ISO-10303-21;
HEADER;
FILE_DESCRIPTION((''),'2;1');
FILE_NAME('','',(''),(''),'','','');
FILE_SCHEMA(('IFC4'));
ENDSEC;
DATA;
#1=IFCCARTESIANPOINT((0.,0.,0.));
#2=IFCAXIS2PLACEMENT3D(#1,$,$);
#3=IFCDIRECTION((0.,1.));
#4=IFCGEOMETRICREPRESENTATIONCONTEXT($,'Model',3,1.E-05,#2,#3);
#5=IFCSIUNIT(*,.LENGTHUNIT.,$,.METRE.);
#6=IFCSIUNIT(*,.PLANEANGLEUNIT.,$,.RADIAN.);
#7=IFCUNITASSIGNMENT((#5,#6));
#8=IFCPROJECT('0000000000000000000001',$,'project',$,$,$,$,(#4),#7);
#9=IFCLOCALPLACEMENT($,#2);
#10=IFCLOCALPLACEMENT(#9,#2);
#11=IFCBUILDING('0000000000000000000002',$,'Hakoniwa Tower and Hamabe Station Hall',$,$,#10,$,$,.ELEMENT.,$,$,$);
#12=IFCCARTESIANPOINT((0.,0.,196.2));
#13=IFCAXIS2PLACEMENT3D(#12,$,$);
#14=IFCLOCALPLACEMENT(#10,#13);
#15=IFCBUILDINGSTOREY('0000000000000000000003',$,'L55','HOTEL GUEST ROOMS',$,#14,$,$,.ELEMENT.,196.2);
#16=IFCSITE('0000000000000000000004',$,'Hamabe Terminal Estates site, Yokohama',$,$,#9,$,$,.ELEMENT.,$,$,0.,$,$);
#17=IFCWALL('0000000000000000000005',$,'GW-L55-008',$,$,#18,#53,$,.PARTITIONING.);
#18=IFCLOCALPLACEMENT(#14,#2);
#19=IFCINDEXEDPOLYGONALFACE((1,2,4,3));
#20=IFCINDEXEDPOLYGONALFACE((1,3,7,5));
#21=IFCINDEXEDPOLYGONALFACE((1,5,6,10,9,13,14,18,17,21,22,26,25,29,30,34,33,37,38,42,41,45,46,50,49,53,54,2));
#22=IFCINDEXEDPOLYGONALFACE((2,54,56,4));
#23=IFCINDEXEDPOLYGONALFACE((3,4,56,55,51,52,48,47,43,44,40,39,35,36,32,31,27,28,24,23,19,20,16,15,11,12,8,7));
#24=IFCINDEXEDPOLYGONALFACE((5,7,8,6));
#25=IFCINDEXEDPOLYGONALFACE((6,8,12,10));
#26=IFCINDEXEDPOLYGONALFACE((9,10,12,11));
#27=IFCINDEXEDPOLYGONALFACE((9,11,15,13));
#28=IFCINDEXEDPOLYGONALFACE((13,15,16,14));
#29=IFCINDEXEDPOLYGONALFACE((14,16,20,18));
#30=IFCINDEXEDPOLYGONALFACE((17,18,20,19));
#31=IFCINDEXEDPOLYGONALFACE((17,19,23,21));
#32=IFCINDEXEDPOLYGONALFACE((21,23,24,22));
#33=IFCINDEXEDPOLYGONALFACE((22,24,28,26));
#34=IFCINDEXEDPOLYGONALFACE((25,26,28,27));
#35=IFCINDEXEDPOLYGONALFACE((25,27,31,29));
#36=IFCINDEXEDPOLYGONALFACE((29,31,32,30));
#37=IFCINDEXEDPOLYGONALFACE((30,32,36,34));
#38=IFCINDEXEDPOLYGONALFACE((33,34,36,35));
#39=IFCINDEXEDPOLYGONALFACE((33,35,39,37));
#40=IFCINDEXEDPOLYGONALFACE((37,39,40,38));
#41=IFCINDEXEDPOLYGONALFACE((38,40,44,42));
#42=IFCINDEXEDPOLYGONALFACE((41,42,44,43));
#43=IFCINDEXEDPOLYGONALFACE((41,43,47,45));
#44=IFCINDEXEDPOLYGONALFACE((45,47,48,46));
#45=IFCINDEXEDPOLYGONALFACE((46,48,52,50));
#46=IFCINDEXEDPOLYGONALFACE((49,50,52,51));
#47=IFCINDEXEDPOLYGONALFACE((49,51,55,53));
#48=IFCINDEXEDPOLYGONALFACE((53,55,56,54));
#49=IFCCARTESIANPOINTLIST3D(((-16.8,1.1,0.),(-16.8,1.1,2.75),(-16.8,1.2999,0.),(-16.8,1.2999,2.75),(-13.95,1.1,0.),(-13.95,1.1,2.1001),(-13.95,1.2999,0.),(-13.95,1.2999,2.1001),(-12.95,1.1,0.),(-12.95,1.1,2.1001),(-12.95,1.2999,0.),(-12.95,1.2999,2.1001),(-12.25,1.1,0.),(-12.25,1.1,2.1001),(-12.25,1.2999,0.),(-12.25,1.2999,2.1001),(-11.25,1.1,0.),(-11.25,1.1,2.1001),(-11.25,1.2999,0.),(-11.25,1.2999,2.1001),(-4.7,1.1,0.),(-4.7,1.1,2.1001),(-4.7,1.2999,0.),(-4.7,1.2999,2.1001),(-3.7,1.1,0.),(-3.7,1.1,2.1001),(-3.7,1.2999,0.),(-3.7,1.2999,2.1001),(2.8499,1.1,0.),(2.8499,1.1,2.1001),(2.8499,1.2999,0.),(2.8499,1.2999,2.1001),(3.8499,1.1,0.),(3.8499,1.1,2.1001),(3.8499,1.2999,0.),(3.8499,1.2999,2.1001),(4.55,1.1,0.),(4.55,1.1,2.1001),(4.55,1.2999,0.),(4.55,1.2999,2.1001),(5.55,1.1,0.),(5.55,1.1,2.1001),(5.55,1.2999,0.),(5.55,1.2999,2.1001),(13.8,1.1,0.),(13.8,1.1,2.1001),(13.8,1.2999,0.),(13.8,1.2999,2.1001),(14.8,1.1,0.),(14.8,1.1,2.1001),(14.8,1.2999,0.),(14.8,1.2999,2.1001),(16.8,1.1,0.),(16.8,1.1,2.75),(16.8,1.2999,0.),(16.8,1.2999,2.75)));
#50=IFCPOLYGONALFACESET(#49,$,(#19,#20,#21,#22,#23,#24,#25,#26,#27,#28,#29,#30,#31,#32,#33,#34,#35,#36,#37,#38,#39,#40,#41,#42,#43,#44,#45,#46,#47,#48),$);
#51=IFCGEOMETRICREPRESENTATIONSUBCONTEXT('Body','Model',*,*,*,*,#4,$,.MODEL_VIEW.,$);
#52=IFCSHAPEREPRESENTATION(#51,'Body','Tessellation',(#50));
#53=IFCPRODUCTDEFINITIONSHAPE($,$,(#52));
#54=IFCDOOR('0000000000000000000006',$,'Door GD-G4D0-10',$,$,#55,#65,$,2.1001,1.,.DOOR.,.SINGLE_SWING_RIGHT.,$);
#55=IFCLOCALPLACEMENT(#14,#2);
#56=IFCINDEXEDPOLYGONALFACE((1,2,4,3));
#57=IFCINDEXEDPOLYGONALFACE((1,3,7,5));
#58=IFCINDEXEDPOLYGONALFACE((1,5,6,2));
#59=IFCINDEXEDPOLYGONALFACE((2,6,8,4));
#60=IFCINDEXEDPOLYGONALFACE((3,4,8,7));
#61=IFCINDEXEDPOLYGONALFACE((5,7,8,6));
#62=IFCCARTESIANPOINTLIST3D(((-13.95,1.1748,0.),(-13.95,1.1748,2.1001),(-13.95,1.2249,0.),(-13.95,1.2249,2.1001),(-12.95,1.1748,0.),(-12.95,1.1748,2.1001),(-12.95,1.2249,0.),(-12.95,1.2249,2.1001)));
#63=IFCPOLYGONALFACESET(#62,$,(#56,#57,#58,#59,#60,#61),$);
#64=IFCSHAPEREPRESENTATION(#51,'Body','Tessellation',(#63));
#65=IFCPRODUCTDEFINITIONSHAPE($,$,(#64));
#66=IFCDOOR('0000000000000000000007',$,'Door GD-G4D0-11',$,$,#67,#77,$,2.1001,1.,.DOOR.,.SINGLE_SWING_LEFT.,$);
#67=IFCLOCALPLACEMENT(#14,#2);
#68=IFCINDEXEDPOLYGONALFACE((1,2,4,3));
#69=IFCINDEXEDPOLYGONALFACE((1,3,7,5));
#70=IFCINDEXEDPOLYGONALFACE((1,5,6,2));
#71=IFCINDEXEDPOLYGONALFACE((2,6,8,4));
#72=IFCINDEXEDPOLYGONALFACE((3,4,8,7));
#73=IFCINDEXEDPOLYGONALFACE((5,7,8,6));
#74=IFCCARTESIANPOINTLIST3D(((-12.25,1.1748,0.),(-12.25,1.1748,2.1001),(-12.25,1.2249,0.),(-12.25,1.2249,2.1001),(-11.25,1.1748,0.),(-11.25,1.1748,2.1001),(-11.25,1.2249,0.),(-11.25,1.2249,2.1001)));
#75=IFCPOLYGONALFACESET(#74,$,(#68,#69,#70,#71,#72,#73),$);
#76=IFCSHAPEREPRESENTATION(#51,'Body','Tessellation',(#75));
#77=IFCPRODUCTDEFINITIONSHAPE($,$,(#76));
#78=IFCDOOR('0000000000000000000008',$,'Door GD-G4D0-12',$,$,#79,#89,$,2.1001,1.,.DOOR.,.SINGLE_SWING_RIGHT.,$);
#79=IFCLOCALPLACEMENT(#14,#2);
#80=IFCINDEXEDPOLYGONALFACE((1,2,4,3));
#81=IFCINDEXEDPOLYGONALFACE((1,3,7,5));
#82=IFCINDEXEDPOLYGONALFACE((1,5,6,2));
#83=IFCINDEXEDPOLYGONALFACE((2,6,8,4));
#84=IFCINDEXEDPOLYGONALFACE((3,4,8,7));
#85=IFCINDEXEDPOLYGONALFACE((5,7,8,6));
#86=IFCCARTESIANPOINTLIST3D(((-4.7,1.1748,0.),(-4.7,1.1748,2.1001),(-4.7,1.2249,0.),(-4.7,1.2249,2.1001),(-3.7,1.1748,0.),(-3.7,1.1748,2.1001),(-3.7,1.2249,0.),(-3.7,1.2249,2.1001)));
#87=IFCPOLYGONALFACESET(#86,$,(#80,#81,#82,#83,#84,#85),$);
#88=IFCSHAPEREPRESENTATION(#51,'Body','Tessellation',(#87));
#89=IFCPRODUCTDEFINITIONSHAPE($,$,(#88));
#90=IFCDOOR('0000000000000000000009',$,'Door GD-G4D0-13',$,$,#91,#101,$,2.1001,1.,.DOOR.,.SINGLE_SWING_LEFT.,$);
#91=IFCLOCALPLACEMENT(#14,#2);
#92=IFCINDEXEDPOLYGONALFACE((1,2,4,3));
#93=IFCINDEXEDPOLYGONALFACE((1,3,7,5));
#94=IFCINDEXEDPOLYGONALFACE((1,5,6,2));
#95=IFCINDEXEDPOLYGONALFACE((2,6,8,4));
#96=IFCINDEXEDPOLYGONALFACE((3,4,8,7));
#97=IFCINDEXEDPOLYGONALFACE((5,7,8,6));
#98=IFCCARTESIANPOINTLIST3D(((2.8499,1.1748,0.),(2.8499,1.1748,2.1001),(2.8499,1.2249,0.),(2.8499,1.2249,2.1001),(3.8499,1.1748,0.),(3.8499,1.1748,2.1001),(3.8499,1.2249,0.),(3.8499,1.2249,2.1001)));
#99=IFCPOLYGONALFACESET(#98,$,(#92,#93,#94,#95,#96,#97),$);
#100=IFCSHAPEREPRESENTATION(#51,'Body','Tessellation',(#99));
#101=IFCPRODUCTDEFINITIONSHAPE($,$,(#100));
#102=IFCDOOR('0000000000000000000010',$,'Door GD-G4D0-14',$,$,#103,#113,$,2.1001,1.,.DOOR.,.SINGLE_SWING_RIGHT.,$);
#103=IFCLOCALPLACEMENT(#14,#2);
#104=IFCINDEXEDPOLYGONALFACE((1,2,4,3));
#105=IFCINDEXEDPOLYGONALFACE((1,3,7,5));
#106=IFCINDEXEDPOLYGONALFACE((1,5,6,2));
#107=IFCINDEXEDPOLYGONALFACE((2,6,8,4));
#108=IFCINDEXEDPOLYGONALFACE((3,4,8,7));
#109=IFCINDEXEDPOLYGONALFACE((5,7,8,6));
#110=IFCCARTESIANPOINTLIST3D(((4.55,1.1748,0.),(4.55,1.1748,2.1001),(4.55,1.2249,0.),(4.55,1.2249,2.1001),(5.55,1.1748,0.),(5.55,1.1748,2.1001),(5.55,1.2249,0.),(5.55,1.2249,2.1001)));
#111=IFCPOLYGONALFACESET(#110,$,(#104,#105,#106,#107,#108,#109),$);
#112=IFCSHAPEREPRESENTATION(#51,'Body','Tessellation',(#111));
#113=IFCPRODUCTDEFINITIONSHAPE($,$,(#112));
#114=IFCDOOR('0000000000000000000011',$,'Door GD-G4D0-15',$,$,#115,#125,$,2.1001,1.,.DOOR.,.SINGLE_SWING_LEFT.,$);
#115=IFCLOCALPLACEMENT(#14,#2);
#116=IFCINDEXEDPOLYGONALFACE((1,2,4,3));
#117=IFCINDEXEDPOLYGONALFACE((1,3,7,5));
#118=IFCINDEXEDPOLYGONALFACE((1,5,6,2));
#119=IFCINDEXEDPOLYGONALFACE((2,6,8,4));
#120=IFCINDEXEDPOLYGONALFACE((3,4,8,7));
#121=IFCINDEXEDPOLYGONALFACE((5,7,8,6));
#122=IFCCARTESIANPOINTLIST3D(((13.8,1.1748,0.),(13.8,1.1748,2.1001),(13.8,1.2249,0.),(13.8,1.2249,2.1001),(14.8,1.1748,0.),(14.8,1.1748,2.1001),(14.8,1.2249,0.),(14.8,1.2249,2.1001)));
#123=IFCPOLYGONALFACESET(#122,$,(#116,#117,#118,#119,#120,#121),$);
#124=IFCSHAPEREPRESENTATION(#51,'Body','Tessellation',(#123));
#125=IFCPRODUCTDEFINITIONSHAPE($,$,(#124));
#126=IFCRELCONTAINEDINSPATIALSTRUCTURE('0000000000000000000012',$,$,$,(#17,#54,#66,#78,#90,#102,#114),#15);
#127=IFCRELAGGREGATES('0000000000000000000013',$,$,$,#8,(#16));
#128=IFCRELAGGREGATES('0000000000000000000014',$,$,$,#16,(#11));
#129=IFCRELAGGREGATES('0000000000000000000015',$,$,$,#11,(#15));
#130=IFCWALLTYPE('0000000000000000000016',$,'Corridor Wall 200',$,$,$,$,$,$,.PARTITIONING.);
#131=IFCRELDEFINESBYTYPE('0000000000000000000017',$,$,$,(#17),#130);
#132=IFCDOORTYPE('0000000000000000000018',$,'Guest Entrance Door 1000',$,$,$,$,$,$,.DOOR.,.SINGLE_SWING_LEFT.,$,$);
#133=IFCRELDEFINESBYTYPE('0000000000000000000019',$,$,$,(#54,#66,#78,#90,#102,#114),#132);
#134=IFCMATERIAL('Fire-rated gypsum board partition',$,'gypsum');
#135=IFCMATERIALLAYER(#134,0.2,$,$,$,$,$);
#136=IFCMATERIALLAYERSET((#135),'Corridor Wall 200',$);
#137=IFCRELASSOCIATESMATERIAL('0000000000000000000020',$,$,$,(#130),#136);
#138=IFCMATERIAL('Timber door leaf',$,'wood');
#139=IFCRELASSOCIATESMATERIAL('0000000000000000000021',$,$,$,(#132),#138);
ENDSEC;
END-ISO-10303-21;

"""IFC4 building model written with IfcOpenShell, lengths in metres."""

from ifc_helpers import new_model, si_unit, direction, frame, frame_2d, origin, place, context, subcontext, project, spatial, rectangle, extrude, material, layer, layer_set, type_object, element, fill, save


model = new_model("IFC4")

# Units and contexts
model_context = context("Model", 3, precision=1e-05, world=origin(), true_north=direction((0.0, 1.0)))
body_context = subcontext(model_context, "Body", "Model", "MODEL_VIEW")
ifc_project = project(units=[si_unit("LENGTHUNIT", "METRE"), si_unit("PLANEANGLEUNIT", "RADIAN")], contexts=[model_context])

# Site, building, storey
site_placement = place(None, origin())
site = spatial("IfcSite", under=ifc_project, at=site_placement, Name="Hamabe Terminal Estates site, Yokohama", CompositionType="ELEMENT", RefElevation=0.0)
building_placement = place(site_placement, origin())
building = spatial("IfcBuilding", under=site, at=building_placement, Name="Hakoniwa Tower and Hamabe Station Hall", CompositionType="ELEMENT")
storey_placement = place(building_placement, frame((0.0, 0.0, 196.2)))
storey = spatial("IfcBuildingStorey", under=building, at=storey_placement, Name="L55", Description="HOTEL GUEST ROOMS", CompositionType="ELEMENT", Elevation=196.2)

# Wall, openings, doors
ifc_material_1 = material(Name="Fire-rated gypsum board partition", Category="gypsum")
ifc_layer_1 = layer(ifc_material_1, 0.2)
ifc_layer_set_1 = layer_set([ifc_layer_1], Name="Corridor Wall 200")
wall_type_1 = type_object("IfcWallType", Name="Corridor Wall 200", PredefinedType="PARTITIONING", material=ifc_layer_set_1)
wall_1_placement = place(storey_placement, frame((-16.8, 1.2, 0.0), z_axis=(0.0, 0.0, 1.0), x_axis=(1.0, 0.0, 0.0)))
wall_1 = element("IfcWall", 1, at=wall_1_placement, inside=storey, type_object=wall_type_1, Name="GW-L55-008", PredefinedType="PARTITIONING", context=body_context, shape_type="SweptSolid", body=[
    extrude(rectangle(XDim=33.6001, YDim=0.2, at=frame_2d((16.8, 0.0))), origin(), (0.0, 0.0, 1.0), 2.75),
])
opening_1_placement = place(wall_1_placement, frame((2.8501, 0.0, 0.0)))
opening_1 = element("IfcOpeningElement", 2, at=opening_1_placement, cuts=wall_1, PredefinedType="OPENING", context=body_context, shape_type="SweptSolid", body=[
    extrude(rectangle(XDim=1.0, YDim=2.1001, at=frame_2d((0.5, 1.05))), frame((0.0, 0.1099, 0.0), z_axis=(0.0, -1.0, 0.0), x_axis=(1.0, 0.0, 0.0)), (0.0, 0.0, 1.0), 0.22),
])
opening_2_placement = place(wall_1_placement, frame((4.55, 0.0, 0.0)))
opening_2 = element("IfcOpeningElement", 3, at=opening_2_placement, cuts=wall_1, PredefinedType="OPENING", context=body_context, shape_type="SweptSolid", body=[
    extrude(rectangle(XDim=1.0, YDim=2.1001, at=frame_2d((0.5, 1.05))), frame((0.0, 0.1099, 0.0), z_axis=(0.0, -1.0, 0.0), x_axis=(1.0, 0.0, 0.0)), (0.0, 0.0, 1.0), 0.22),
])
opening_3_placement = place(wall_1_placement, frame((12.1001, 0.0, 0.0)))
opening_3 = element("IfcOpeningElement", 4, at=opening_3_placement, cuts=wall_1, PredefinedType="OPENING", context=body_context, shape_type="SweptSolid", body=[
    extrude(rectangle(XDim=1.0, YDim=2.1001, at=frame_2d((0.5, 1.05))), frame((0.0, 0.1099, 0.0), z_axis=(0.0, -1.0, 0.0), x_axis=(1.0, 0.0, 0.0)), (0.0, 0.0, 1.0), 0.22),
])
opening_4_placement = place(wall_1_placement, frame((19.6499, 0.0, 0.0)))
opening_4 = element("IfcOpeningElement", 5, at=opening_4_placement, cuts=wall_1, PredefinedType="OPENING", context=body_context, shape_type="SweptSolid", body=[
    extrude(rectangle(XDim=1.0, YDim=2.1001, at=frame_2d((0.5, 1.05))), frame((0.0, 0.1099, 0.0), z_axis=(0.0, -1.0, 0.0), x_axis=(1.0, 0.0, 0.0)), (0.0, 0.0, 1.0), 0.22),
])
opening_5_placement = place(wall_1_placement, frame((21.3501, 0.0, 0.0)))
opening_5 = element("IfcOpeningElement", 6, at=opening_5_placement, cuts=wall_1, PredefinedType="OPENING", context=body_context, shape_type="SweptSolid", body=[
    extrude(rectangle(XDim=1.0, YDim=2.1001, at=frame_2d((0.5, 1.05))), frame((0.0, 0.1099, 0.0), z_axis=(0.0, -1.0, 0.0), x_axis=(1.0, 0.0, 0.0)), (0.0, 0.0, 1.0), 0.22),
])
opening_6_placement = place(wall_1_placement, frame((30.6001, 0.0, 0.0)))
opening_6 = element("IfcOpeningElement", 7, at=opening_6_placement, cuts=wall_1, PredefinedType="OPENING", context=body_context, shape_type="SweptSolid", body=[
    extrude(rectangle(XDim=1.0, YDim=2.1001, at=frame_2d((0.5, 1.05))), frame((0.0, 0.1099, 0.0), z_axis=(0.0, -1.0, 0.0), x_axis=(1.0, 0.0, 0.0)), (0.0, 0.0, 1.0), 0.22),
])
ifc_material_2 = material(Name="Timber door leaf", Category="wood")
door_type_1 = type_object("IfcDoorType", Name="Guest Entrance Door 1000", OperationType="SINGLE_SWING_LEFT", PredefinedType="DOOR", material=ifc_material_2)
door_1_placement = place(opening_1_placement, origin())
door_1 = element("IfcDoor", 8, at=door_1_placement, inside=storey, type_object=door_type_1, Name="Door GD-G4D0-10", OperationType="SINGLE_SWING_RIGHT", OverallHeight=2.1001, OverallWidth=1.0, PredefinedType="DOOR", context=body_context, shape_type="SweptSolid", body=[
    extrude(rectangle(XDim=1.0, YDim=2.1001, at=frame_2d((0.5, 1.05))), frame((0.0, 0.0249, 0.0), z_axis=(0.0, -1.0, 0.0), x_axis=(1.0, 0.0, 0.0)), (0.0, 0.0, 1.0), 0.05),
])
fill(opening_1, door_1)
door_2_placement = place(opening_2_placement, origin())
door_2 = element("IfcDoor", 9, at=door_2_placement, inside=storey, type_object=door_type_1, Name="Door GD-G4D0-11", OperationType="SINGLE_SWING_LEFT", OverallHeight=2.1001, OverallWidth=1.0, PredefinedType="DOOR", context=body_context, shape_type="SweptSolid", body=[
    extrude(rectangle(XDim=1.0, YDim=2.1001, at=frame_2d((0.5, 1.05))), frame((0.0, 0.0249, 0.0), z_axis=(0.0, -1.0, 0.0), x_axis=(1.0, 0.0, 0.0)), (0.0, 0.0, 1.0), 0.05),
])
fill(opening_2, door_2)
door_3_placement = place(opening_3_placement, origin())
door_3 = element("IfcDoor", 10, at=door_3_placement, inside=storey, type_object=door_type_1, Name="Door GD-G4D0-12", OperationType="SINGLE_SWING_RIGHT", OverallHeight=2.1001, OverallWidth=1.0, PredefinedType="DOOR", context=body_context, shape_type="SweptSolid", body=[
    extrude(rectangle(XDim=1.0, YDim=2.1001, at=frame_2d((0.5, 1.05))), frame((0.0, 0.0249, 0.0), z_axis=(0.0, -1.0, 0.0), x_axis=(1.0, 0.0, 0.0)), (0.0, 0.0, 1.0), 0.05),
])
fill(opening_3, door_3)
door_4_placement = place(opening_4_placement, origin())
door_4 = element("IfcDoor", 11, at=door_4_placement, inside=storey, type_object=door_type_1, Name="Door GD-G4D0-13", OperationType="SINGLE_SWING_LEFT", OverallHeight=2.1001, OverallWidth=1.0, PredefinedType="DOOR", context=body_context, shape_type="SweptSolid", body=[
    extrude(rectangle(XDim=1.0, YDim=2.1001, at=frame_2d((0.5, 1.05))), frame((0.0, 0.0249, 0.0), z_axis=(0.0, -1.0, 0.0), x_axis=(1.0, 0.0, 0.0)), (0.0, 0.0, 1.0), 0.05),
])
fill(opening_4, door_4)
door_5_placement = place(opening_5_placement, origin())
door_5 = element("IfcDoor", 12, at=door_5_placement, inside=storey, type_object=door_type_1, Name="Door GD-G4D0-14", OperationType="SINGLE_SWING_RIGHT", OverallHeight=2.1001, OverallWidth=1.0, PredefinedType="DOOR", context=body_context, shape_type="SweptSolid", body=[
    extrude(rectangle(XDim=1.0, YDim=2.1001, at=frame_2d((0.5, 1.05))), frame((0.0, 0.0249, 0.0), z_axis=(0.0, -1.0, 0.0), x_axis=(1.0, 0.0, 0.0)), (0.0, 0.0, 1.0), 0.05),
])
fill(opening_5, door_5)
door_6_placement = place(opening_6_placement, origin())
door_6 = element("IfcDoor", 13, at=door_6_placement, inside=storey, type_object=door_type_1, Name="Door GD-G4D0-15", OperationType="SINGLE_SWING_LEFT", OverallHeight=2.1001, OverallWidth=1.0, PredefinedType="DOOR", context=body_context, shape_type="SweptSolid", body=[
    extrude(rectangle(XDim=1.0, YDim=2.1001, at=frame_2d((0.5, 1.05))), frame((0.0, 0.0249, 0.0), z_axis=(0.0, -1.0, 0.0), x_axis=(1.0, 0.0, 0.0)), (0.0, 0.0, 1.0), 0.05),
])
fill(opening_6, door_6)

save(model, "model.ifc")
